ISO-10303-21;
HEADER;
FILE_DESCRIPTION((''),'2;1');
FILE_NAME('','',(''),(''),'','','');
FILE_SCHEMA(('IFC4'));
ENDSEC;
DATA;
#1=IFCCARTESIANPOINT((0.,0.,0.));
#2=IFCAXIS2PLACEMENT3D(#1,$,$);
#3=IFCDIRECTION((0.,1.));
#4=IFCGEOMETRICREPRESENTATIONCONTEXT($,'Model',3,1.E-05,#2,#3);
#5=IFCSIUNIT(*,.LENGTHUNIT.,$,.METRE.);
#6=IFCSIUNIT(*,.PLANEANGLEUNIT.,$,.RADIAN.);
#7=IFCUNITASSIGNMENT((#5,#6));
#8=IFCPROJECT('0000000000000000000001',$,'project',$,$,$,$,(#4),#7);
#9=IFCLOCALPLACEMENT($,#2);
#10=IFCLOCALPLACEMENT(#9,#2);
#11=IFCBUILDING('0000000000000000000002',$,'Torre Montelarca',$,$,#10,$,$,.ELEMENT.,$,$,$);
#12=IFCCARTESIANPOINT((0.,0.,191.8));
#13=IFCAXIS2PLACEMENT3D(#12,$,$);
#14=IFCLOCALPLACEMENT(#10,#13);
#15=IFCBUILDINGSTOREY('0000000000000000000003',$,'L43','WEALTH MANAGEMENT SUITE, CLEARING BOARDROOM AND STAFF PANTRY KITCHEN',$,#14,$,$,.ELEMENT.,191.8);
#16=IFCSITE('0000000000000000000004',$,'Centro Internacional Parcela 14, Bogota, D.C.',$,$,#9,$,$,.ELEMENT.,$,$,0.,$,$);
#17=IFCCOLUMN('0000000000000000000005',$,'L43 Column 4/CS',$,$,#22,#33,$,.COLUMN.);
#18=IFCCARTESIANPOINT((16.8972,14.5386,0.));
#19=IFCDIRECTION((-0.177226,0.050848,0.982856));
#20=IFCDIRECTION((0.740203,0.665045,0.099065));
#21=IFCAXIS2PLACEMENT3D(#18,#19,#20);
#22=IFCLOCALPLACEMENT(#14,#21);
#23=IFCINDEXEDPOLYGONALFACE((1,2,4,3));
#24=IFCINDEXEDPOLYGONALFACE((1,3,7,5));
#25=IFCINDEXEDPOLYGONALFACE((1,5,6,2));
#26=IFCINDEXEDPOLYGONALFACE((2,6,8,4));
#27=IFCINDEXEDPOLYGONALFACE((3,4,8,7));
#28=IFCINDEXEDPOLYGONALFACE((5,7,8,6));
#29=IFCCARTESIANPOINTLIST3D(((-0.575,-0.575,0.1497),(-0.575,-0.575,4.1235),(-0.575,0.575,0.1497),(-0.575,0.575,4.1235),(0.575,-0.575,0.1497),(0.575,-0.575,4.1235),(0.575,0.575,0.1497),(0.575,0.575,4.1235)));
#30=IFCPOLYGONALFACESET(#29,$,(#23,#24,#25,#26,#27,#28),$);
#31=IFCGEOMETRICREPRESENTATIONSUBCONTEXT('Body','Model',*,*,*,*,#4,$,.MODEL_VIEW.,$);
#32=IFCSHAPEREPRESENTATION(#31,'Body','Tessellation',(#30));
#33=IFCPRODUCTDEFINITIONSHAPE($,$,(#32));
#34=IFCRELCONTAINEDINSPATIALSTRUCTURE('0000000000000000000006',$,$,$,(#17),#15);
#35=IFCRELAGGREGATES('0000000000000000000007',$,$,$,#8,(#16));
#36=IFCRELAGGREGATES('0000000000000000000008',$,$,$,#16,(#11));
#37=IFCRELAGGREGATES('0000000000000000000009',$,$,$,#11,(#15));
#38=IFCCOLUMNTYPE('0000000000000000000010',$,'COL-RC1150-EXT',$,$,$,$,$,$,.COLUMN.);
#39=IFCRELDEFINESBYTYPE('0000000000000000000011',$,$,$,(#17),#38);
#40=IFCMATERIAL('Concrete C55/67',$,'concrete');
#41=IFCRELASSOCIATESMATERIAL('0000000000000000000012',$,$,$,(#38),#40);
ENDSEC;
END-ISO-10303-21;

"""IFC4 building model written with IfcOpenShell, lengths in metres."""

from ifc_helpers import new_model, si_unit, direction, frame, origin, origin_2d, place, context, subcontext, project, spatial, rectangle, extrude, clip, halfspace, material, material_profile, profile_set, type_object, element, save


model = new_model("IFC4")

# Units and contexts
model_context = context("Model", 3, precision=1e-05, world=origin(), true_north=direction((0.0, 1.0)))
body_context = subcontext(model_context, "Body", "Model", "MODEL_VIEW")
ifc_project = project(units=[si_unit("LENGTHUNIT", "METRE"), si_unit("PLANEANGLEUNIT", "RADIAN")], contexts=[model_context])

# Site, building, storey
site_placement = place(None, origin())
site = spatial("IfcSite", under=ifc_project, at=site_placement, Name="Centro Internacional Parcela 14, Bogota, D.C.", CompositionType="ELEMENT", RefElevation=0.0)
building_placement = place(site_placement, origin())
building = spatial("IfcBuilding", under=site, at=building_placement, Name="Torre Montelarca", CompositionType="ELEMENT")
storey_placement = place(building_placement, frame((0.0, 0.0, 191.8)))
storey = spatial("IfcBuildingStorey", under=building, at=storey_placement, Name="L43", Description="WEALTH MANAGEMENT SUITE, CLEARING BOARDROOM AND STAFF PANTRY KITCHEN", CompositionType="ELEMENT", Elevation=191.8)

# Column
ifc_material_1 = material(Name="Concrete C55/67", Category="concrete")
ifc_material_profile_1 = material_profile(ifc_material_1, rectangle(XDim=1.1499, YDim=1.1499, at=origin_2d()), Name="RC1150X1150", Category="concrete")
ifc_profile_set_1 = profile_set([ifc_material_profile_1], Name="Concrete C55/67")
column_type_1 = type_object("IfcColumnType", Name="COL-RC1150-EXT", PredefinedType="COLUMN", material=ifc_profile_set_1)
column_1_placement = place(storey_placement, frame((16.8972, 14.5386, 0.0), z_axis=(-0.177226, 0.050848, 0.982856), x_axis=(0.740203, 0.665045, 0.099065)))
element("IfcColumn", 1, at=column_1_placement, inside=storey, type_object=column_type_1, Name="L43 Column 4/CS", PredefinedType="COLUMN", context=body_context, shape_type="Clipping", body=[
    clip(clip(extrude(rectangle(XDim=1.1499, YDim=1.1499, at=origin_2d()), origin(), (0.0, 0.0, 1.0), 4.2732), halfspace(frame((0.0, 0.0, 0.1497), z_axis=(0.0, 0.0, -1.0), x_axis=(1.0, 0.0, 0.0)), False)), halfspace(frame((0.0, 0.0, 4.1235), z_axis=(0.0, 0.0, 1.0), x_axis=(1.0, 0.0, 0.0)), False)),
])

save(model, "model.ifc")
